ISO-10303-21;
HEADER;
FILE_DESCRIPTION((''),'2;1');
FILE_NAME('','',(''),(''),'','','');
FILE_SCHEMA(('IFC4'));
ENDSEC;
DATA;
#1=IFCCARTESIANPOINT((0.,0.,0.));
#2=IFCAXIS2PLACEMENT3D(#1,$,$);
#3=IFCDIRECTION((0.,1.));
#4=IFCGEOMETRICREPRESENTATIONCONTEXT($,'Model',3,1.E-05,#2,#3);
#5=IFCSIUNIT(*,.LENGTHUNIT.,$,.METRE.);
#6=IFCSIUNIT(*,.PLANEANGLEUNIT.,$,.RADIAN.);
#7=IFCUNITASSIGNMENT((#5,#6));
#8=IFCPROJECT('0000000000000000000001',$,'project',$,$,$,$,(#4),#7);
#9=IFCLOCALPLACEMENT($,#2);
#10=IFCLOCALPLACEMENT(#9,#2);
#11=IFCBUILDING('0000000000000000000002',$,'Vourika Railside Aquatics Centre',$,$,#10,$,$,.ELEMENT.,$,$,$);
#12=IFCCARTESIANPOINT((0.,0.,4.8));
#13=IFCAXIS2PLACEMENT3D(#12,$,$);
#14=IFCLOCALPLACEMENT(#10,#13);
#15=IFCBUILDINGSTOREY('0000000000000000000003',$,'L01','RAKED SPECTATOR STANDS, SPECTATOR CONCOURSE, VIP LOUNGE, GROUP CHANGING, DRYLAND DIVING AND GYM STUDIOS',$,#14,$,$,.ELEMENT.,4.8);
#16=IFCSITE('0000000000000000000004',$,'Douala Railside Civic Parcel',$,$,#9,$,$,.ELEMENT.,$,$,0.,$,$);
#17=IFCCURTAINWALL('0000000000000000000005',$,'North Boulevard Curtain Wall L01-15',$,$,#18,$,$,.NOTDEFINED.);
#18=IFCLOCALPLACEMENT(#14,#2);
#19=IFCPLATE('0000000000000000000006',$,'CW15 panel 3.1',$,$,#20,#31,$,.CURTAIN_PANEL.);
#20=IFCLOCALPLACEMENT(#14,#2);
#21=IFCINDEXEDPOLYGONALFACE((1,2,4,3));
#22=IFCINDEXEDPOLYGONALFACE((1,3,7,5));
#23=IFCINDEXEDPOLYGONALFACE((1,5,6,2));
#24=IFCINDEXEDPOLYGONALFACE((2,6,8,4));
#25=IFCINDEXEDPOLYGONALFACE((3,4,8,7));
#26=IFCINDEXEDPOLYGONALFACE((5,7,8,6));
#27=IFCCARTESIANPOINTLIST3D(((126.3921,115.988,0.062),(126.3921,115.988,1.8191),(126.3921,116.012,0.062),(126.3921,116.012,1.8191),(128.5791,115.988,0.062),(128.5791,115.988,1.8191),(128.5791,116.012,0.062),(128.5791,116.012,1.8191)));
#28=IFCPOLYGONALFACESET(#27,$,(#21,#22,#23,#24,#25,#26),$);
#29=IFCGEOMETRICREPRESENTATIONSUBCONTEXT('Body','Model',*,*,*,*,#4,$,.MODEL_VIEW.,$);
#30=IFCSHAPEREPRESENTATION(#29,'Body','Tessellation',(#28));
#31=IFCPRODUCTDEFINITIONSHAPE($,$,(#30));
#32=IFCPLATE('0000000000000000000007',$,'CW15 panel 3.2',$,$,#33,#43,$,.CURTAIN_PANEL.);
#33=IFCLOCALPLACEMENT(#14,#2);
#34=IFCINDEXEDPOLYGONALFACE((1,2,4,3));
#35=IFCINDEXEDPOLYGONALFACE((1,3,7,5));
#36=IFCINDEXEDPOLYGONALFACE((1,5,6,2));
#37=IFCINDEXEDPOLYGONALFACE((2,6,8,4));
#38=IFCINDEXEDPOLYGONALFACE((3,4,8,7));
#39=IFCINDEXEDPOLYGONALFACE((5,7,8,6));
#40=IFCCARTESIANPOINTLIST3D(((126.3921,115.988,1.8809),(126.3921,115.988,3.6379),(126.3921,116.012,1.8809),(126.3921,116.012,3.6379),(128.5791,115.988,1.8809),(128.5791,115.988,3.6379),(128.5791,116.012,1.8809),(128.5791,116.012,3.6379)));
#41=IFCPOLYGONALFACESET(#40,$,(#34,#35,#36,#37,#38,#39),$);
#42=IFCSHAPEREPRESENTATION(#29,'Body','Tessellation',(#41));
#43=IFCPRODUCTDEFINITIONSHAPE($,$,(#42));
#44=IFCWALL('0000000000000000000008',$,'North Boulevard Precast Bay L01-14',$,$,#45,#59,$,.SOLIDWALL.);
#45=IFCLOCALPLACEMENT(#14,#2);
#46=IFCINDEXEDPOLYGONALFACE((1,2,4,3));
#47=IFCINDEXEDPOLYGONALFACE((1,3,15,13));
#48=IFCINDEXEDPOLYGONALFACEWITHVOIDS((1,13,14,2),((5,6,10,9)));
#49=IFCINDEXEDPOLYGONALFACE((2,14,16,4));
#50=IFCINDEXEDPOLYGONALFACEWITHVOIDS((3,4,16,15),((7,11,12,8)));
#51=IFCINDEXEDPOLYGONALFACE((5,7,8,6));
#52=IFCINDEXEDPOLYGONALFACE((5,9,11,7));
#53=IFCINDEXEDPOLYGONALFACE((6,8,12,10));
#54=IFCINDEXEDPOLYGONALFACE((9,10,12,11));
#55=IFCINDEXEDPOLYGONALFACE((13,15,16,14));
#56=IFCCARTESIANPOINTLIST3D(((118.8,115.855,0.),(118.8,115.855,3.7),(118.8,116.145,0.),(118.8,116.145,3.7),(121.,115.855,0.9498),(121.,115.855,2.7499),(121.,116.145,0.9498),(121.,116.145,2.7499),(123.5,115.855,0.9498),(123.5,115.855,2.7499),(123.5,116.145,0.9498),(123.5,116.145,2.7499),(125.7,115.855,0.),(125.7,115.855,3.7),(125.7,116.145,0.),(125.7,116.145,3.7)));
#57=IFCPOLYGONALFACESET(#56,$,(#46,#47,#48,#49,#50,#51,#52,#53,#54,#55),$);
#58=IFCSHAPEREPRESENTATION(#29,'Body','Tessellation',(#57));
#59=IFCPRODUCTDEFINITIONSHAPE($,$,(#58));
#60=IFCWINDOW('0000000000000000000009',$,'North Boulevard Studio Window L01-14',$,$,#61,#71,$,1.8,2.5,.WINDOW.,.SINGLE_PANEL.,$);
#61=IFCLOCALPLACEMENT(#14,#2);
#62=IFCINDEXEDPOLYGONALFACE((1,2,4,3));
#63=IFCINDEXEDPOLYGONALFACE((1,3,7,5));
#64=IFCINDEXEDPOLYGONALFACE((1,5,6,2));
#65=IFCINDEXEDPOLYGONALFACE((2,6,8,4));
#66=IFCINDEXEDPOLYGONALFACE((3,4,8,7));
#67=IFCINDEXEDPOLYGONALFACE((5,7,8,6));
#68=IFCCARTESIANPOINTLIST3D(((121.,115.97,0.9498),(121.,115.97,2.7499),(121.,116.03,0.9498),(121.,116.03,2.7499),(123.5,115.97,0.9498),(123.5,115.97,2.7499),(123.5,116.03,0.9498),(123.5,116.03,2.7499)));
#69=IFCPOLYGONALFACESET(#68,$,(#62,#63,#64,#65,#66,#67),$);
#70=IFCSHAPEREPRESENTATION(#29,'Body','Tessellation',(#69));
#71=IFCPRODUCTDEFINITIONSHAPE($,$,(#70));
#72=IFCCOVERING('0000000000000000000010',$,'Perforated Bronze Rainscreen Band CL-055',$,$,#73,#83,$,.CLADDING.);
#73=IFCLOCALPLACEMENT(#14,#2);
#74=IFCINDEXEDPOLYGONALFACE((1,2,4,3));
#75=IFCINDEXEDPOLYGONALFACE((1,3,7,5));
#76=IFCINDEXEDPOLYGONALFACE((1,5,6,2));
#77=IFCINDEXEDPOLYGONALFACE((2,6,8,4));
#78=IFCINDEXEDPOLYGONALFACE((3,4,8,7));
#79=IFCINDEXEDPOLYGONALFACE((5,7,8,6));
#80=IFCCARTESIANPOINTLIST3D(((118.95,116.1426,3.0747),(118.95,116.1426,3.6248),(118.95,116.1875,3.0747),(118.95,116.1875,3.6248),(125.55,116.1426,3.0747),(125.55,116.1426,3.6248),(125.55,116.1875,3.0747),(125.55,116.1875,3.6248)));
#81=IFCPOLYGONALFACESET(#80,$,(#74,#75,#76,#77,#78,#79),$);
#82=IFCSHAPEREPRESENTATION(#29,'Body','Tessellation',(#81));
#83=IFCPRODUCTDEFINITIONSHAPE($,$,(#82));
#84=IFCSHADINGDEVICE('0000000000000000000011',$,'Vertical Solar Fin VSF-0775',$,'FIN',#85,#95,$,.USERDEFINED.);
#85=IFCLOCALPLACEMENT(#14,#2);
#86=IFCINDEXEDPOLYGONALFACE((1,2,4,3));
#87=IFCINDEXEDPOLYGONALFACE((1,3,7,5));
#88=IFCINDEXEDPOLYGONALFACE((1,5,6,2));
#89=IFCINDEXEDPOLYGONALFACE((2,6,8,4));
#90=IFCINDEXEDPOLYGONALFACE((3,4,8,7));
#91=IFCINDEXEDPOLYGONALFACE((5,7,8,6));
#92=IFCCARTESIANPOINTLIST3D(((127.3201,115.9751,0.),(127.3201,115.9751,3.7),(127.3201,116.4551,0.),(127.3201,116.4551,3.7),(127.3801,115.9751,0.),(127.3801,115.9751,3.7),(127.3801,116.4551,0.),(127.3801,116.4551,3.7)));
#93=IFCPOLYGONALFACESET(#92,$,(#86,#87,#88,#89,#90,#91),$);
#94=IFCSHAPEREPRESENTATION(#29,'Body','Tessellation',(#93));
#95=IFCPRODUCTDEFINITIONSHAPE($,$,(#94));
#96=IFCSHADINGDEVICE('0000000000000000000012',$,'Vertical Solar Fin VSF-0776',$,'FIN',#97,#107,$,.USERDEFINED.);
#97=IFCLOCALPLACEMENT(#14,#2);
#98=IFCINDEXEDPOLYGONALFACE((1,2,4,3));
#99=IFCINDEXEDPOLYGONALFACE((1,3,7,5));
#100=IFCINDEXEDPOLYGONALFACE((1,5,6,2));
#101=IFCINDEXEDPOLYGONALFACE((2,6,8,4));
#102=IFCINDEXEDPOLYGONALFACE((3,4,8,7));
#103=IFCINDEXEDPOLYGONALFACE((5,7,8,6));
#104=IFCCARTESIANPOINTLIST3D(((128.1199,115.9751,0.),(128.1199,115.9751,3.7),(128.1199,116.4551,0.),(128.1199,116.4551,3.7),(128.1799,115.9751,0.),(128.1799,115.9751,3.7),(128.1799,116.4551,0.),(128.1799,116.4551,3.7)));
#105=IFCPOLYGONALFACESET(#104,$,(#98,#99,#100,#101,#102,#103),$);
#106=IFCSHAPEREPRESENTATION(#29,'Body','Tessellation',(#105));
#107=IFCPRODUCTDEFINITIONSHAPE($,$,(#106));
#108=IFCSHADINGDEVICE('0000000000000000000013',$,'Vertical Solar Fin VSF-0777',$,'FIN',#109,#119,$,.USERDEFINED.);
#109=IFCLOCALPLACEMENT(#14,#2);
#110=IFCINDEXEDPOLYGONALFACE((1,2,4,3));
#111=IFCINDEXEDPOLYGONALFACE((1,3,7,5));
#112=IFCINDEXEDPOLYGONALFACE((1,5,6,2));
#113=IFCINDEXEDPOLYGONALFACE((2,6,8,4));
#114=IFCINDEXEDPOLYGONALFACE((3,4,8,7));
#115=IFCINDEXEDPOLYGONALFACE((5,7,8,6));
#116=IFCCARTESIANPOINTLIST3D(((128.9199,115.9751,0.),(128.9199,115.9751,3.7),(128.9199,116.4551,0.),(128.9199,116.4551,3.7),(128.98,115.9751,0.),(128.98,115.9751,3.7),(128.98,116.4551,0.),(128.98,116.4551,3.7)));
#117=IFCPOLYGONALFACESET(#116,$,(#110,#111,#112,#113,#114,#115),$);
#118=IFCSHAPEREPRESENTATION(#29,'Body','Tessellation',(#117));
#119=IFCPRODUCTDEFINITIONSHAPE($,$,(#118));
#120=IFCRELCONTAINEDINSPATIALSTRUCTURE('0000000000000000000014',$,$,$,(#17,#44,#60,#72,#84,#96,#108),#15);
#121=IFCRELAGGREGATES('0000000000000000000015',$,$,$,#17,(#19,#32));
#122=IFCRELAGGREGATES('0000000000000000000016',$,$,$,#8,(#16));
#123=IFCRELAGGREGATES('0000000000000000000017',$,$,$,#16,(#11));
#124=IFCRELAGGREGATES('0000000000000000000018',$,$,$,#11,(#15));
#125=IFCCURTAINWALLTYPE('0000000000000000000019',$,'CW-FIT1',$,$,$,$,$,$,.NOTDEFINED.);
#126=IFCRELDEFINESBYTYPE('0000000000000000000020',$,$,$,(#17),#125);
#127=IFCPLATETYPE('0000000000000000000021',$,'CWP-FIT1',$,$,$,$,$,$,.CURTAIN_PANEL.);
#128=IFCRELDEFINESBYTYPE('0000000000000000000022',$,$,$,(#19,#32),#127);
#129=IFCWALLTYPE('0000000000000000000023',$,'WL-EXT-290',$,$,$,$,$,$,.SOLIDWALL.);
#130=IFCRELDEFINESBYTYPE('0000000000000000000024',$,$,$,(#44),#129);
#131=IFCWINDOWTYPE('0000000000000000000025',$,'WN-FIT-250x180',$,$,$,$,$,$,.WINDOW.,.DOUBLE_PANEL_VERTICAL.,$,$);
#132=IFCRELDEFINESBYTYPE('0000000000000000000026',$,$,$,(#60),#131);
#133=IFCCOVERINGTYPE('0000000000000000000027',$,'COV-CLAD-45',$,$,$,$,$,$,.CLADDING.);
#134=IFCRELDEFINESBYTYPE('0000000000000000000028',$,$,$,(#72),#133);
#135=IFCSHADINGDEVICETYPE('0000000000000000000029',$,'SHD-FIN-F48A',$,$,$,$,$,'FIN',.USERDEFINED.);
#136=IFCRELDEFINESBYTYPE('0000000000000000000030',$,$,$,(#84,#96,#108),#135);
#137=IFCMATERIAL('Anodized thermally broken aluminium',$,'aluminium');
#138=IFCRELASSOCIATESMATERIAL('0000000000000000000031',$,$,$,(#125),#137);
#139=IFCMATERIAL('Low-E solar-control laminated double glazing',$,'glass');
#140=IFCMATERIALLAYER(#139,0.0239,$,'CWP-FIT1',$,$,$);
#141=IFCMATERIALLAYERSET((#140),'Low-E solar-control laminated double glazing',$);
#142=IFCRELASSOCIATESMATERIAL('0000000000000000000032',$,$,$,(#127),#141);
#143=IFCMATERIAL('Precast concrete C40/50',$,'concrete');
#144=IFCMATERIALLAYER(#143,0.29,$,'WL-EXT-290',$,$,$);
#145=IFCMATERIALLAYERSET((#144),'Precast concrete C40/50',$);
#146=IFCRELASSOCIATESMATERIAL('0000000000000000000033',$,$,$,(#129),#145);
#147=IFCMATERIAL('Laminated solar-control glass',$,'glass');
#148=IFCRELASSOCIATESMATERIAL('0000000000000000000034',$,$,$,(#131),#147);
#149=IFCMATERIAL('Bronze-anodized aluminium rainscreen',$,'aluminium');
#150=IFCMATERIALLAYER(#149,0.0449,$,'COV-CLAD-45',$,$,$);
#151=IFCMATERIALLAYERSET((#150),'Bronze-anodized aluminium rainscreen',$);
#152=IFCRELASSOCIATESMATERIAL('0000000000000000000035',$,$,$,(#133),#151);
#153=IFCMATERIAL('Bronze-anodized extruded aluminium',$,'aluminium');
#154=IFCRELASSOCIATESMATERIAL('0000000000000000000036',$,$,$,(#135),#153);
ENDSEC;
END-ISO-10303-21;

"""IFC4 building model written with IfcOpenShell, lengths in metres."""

from ifc_helpers import new_model, si_unit, direction, frame, frame_2d, origin, origin_2d, place, context, subcontext, project, spatial, rectangle, extrude, material, layer, layer_set, material_profile, profile_set, type_object, element, fill, aggregate, save


model = new_model("IFC4")

# Units and contexts
model_context = context("Model", 3, precision=1e-05, world=origin(), true_north=direction((0.0, 1.0)))
body_context = subcontext(model_context, "Body", "Model", "MODEL_VIEW")
ifc_project = project(units=[si_unit("LENGTHUNIT", "METRE"), si_unit("PLANEANGLEUNIT", "RADIAN")], contexts=[model_context])

# Site, building, storey
site_placement = place(None, origin())
site = spatial("IfcSite", under=ifc_project, at=site_placement, Name="Douala Railside Civic Parcel", CompositionType="ELEMENT", RefElevation=0.0)
building_placement = place(site_placement, origin())
building = spatial("IfcBuilding", under=site, at=building_placement, Name="Vourika Railside Aquatics Centre", CompositionType="ELEMENT")
storey_placement = place(building_placement, frame((0.0, 0.0, 4.8)))
storey = spatial("IfcBuildingStorey", under=building, at=storey_placement, Name="L01", Description="RAKED SPECTATOR STANDS, SPECTATOR CONCOURSE, VIP LOUNGE, GROUP CHANGING, DRYLAND DIVING AND GYM STUDIOS", CompositionType="ELEMENT", Elevation=4.8)

# Curtain wall, plates
ifc_material_1 = material(Name="Anodized thermally broken aluminium", Category="aluminium")
curtain_wall_type = type_object("IfcCurtainWallType", Name="CW-FIT1", PredefinedType="NOTDEFINED", material=ifc_material_1)
curtain_wall_placement = place(storey_placement, origin())
curtain_wall = element("IfcCurtainWall", 1, at=curtain_wall_placement, inside=storey, type_object=curtain_wall_type, Name="North Boulevard Curtain Wall L01-15", PredefinedType="NOTDEFINED")
ifc_material_2 = material(Name="Low-E solar-control laminated double glazing", Category="glass")
ifc_layer_1 = layer(ifc_material_2, 0.0239, Name="CWP-FIT1")
ifc_layer_set_1 = layer_set([ifc_layer_1], Name="Low-E solar-control laminated double glazing")
plate_type = type_object("IfcPlateType", Name="CWP-FIT1", PredefinedType="CURTAIN_PANEL", material=ifc_layer_set_1)
plate_1_placement = place(storey_placement, frame((127.4856, 116.0, 0.062), z_axis=(0.0, 0.0, 1.0), x_axis=(-1.0, 0.0, 0.0)))
plate_1 = element("IfcPlate", 2, at=plate_1_placement, type_object=plate_type, Name="CW15 panel 3.1", PredefinedType="CURTAIN_PANEL", context=body_context, shape_type="SweptSolid", body=[
    extrude(rectangle(XDim=2.187, YDim=0.0239, at=origin_2d()), origin(), (0.0, 0.0, 1.0), 1.7571),
])
plate_2_placement = place(storey_placement, frame((127.4856, 116.0, 1.8809), z_axis=(0.0, 0.0, 1.0), x_axis=(-1.0, 0.0, 0.0)))
plate_2 = element("IfcPlate", 3, at=plate_2_placement, type_object=plate_type, Name="CW15 panel 3.2", PredefinedType="CURTAIN_PANEL", context=body_context, shape_type="SweptSolid", body=[
    extrude(rectangle(XDim=2.187, YDim=0.0239, at=origin_2d()), origin(), (0.0, 0.0, 1.0), 1.7571),
])
aggregate(curtain_wall, [plate_1, plate_2])

# Wall, opening, window
ifc_material_3 = material(Name="Precast concrete C40/50", Category="concrete")
ifc_layer_2 = layer(ifc_material_3, 0.29, Name="WL-EXT-290")
ifc_layer_set_2 = layer_set([ifc_layer_2], Name="Precast concrete C40/50")
wall_type_1 = type_object("IfcWallType", Name="WL-EXT-290", PredefinedType="SOLIDWALL", material=ifc_layer_set_2)
wall_1_placement = place(storey_placement, frame((125.7, 116.0, 0.0), z_axis=(0.0, 0.0, 1.0), x_axis=(-1.0, 0.0, 0.0)))
wall_1 = element("IfcWall", 4, at=wall_1_placement, inside=storey, type_object=wall_type_1, Name="North Boulevard Precast Bay L01-14", PredefinedType="SOLIDWALL", context=body_context, shape_type="SweptSolid", body=[
    extrude(rectangle(XDim=6.8999, YDim=0.29, at=frame_2d((3.45, 0.0))), origin(), (0.0, 0.0, 1.0), 3.7),
])
opening_placement = place(wall_1_placement, frame((2.2, 0.0, 0.95)))
opening = element("IfcOpeningElement", 5, at=opening_placement, cuts=wall_1, PredefinedType="OPENING", context=body_context, shape_type="SweptSolid", body=[
    extrude(rectangle(XDim=2.5, YDim=1.8, at=frame_2d((1.25, 0.8999))), frame((0.0, 0.155, 0.0), z_axis=(0.0, -1.0, 0.0), x_axis=(1.0, 0.0, 0.0)), (0.0, 0.0, 1.0), 0.3101),
])
ifc_material_4 = material(Name="Laminated solar-control glass", Category="glass")
window_type = type_object("IfcWindowType", Name="WN-FIT-250x180", PartitioningType="DOUBLE_PANEL_VERTICAL", PredefinedType="WINDOW", material=ifc_material_4)
window_placement = place(opening_placement, origin())
window = element("IfcWindow", 6, at=window_placement, inside=storey, type_object=window_type, Name="North Boulevard Studio Window L01-14", OverallHeight=1.8, OverallWidth=2.5, PartitioningType="SINGLE_PANEL", PredefinedType="WINDOW", context=body_context, shape_type="SweptSolid", body=[
    extrude(rectangle(XDim=2.5, YDim=1.8, at=frame_2d((1.25, 0.8999))), frame((0.0, 0.03, 0.0), z_axis=(0.0, -1.0, 0.0), x_axis=(1.0, 0.0, 0.0)), (0.0, 0.0, 1.0), 0.0601),
])
fill(opening, window)

# Covering
ifc_material_5 = material(Name="Bronze-anodized aluminium rainscreen", Category="aluminium")
ifc_layer_3 = layer(ifc_material_5, 0.0449, Name="COV-CLAD-45")
ifc_layer_set_3 = layer_set([ifc_layer_3], Name="Bronze-anodized aluminium rainscreen")
covering_type = type_object("IfcCoveringType", Name="COV-CLAD-45", PredefinedType="CLADDING", material=ifc_layer_set_3)
covering_placement = place(storey_placement, frame((122.25, 116.165, 3.0747), z_axis=(0.0, 0.0, 1.0), x_axis=(-1.0, 0.0, 0.0)))
element("IfcCovering", 7, at=covering_placement, inside=storey, type_object=covering_type, Name="Perforated Bronze Rainscreen Band CL-055", PredefinedType="CLADDING", context=body_context, shape_type="SweptSolid", body=[
    extrude(rectangle(XDim=6.6001, YDim=0.0449, at=origin_2d()), origin(), (0.0, 0.0, 1.0), 0.55),
])

# Shading devices
ifc_material_6 = material(Name="Bronze-anodized extruded aluminium", Category="aluminium")
ifc_material_profile_1 = material_profile(ifc_material_6, rectangle(XDim=0.0601, YDim=0.48, at=origin_2d()), Name="ALU-FIN 60x480")
ifc_profile_set_1 = profile_set([ifc_material_profile_1], Name="Bronze-anodized extruded aluminium")
shading_device_type = type_object("IfcShadingDeviceType", Name="SHD-FIN-F48A", ElementType="FIN", PredefinedType="USERDEFINED", material=ifc_profile_set_1)
for number, where, z_axis, x_axis, name in (
    (8, (127.3501, 116.2151, 0.0), (0.0, 0.0, 1.0), (1.0, 0.0, 0.0), "Vertical Solar Fin VSF-0775"),
    (9, (128.1499, 116.2151, 0.0), (0.0, 0.0, 1.0), (1.0, 0.0, 0.0), "Vertical Solar Fin VSF-0776"),
    (10, (128.95, 116.2151, 0.0), (0.0, 0.0, 1.0), (1.0, 0.0, 0.0), "Vertical Solar Fin VSF-0777"),
):
    element("IfcShadingDevice", number, at=place(storey_placement, frame(where, z_axis=z_axis, x_axis=x_axis)), inside=storey, type_object=shading_device_type, Name=name, ObjectType="FIN", PredefinedType="USERDEFINED", context=body_context, shape_type="SweptSolid", body=[
        extrude(rectangle(XDim=0.0601, YDim=0.48, at=origin_2d()), origin(), (0.0, 0.0, 1.0), 3.7),
    ])

save(model, "model.ifc")
